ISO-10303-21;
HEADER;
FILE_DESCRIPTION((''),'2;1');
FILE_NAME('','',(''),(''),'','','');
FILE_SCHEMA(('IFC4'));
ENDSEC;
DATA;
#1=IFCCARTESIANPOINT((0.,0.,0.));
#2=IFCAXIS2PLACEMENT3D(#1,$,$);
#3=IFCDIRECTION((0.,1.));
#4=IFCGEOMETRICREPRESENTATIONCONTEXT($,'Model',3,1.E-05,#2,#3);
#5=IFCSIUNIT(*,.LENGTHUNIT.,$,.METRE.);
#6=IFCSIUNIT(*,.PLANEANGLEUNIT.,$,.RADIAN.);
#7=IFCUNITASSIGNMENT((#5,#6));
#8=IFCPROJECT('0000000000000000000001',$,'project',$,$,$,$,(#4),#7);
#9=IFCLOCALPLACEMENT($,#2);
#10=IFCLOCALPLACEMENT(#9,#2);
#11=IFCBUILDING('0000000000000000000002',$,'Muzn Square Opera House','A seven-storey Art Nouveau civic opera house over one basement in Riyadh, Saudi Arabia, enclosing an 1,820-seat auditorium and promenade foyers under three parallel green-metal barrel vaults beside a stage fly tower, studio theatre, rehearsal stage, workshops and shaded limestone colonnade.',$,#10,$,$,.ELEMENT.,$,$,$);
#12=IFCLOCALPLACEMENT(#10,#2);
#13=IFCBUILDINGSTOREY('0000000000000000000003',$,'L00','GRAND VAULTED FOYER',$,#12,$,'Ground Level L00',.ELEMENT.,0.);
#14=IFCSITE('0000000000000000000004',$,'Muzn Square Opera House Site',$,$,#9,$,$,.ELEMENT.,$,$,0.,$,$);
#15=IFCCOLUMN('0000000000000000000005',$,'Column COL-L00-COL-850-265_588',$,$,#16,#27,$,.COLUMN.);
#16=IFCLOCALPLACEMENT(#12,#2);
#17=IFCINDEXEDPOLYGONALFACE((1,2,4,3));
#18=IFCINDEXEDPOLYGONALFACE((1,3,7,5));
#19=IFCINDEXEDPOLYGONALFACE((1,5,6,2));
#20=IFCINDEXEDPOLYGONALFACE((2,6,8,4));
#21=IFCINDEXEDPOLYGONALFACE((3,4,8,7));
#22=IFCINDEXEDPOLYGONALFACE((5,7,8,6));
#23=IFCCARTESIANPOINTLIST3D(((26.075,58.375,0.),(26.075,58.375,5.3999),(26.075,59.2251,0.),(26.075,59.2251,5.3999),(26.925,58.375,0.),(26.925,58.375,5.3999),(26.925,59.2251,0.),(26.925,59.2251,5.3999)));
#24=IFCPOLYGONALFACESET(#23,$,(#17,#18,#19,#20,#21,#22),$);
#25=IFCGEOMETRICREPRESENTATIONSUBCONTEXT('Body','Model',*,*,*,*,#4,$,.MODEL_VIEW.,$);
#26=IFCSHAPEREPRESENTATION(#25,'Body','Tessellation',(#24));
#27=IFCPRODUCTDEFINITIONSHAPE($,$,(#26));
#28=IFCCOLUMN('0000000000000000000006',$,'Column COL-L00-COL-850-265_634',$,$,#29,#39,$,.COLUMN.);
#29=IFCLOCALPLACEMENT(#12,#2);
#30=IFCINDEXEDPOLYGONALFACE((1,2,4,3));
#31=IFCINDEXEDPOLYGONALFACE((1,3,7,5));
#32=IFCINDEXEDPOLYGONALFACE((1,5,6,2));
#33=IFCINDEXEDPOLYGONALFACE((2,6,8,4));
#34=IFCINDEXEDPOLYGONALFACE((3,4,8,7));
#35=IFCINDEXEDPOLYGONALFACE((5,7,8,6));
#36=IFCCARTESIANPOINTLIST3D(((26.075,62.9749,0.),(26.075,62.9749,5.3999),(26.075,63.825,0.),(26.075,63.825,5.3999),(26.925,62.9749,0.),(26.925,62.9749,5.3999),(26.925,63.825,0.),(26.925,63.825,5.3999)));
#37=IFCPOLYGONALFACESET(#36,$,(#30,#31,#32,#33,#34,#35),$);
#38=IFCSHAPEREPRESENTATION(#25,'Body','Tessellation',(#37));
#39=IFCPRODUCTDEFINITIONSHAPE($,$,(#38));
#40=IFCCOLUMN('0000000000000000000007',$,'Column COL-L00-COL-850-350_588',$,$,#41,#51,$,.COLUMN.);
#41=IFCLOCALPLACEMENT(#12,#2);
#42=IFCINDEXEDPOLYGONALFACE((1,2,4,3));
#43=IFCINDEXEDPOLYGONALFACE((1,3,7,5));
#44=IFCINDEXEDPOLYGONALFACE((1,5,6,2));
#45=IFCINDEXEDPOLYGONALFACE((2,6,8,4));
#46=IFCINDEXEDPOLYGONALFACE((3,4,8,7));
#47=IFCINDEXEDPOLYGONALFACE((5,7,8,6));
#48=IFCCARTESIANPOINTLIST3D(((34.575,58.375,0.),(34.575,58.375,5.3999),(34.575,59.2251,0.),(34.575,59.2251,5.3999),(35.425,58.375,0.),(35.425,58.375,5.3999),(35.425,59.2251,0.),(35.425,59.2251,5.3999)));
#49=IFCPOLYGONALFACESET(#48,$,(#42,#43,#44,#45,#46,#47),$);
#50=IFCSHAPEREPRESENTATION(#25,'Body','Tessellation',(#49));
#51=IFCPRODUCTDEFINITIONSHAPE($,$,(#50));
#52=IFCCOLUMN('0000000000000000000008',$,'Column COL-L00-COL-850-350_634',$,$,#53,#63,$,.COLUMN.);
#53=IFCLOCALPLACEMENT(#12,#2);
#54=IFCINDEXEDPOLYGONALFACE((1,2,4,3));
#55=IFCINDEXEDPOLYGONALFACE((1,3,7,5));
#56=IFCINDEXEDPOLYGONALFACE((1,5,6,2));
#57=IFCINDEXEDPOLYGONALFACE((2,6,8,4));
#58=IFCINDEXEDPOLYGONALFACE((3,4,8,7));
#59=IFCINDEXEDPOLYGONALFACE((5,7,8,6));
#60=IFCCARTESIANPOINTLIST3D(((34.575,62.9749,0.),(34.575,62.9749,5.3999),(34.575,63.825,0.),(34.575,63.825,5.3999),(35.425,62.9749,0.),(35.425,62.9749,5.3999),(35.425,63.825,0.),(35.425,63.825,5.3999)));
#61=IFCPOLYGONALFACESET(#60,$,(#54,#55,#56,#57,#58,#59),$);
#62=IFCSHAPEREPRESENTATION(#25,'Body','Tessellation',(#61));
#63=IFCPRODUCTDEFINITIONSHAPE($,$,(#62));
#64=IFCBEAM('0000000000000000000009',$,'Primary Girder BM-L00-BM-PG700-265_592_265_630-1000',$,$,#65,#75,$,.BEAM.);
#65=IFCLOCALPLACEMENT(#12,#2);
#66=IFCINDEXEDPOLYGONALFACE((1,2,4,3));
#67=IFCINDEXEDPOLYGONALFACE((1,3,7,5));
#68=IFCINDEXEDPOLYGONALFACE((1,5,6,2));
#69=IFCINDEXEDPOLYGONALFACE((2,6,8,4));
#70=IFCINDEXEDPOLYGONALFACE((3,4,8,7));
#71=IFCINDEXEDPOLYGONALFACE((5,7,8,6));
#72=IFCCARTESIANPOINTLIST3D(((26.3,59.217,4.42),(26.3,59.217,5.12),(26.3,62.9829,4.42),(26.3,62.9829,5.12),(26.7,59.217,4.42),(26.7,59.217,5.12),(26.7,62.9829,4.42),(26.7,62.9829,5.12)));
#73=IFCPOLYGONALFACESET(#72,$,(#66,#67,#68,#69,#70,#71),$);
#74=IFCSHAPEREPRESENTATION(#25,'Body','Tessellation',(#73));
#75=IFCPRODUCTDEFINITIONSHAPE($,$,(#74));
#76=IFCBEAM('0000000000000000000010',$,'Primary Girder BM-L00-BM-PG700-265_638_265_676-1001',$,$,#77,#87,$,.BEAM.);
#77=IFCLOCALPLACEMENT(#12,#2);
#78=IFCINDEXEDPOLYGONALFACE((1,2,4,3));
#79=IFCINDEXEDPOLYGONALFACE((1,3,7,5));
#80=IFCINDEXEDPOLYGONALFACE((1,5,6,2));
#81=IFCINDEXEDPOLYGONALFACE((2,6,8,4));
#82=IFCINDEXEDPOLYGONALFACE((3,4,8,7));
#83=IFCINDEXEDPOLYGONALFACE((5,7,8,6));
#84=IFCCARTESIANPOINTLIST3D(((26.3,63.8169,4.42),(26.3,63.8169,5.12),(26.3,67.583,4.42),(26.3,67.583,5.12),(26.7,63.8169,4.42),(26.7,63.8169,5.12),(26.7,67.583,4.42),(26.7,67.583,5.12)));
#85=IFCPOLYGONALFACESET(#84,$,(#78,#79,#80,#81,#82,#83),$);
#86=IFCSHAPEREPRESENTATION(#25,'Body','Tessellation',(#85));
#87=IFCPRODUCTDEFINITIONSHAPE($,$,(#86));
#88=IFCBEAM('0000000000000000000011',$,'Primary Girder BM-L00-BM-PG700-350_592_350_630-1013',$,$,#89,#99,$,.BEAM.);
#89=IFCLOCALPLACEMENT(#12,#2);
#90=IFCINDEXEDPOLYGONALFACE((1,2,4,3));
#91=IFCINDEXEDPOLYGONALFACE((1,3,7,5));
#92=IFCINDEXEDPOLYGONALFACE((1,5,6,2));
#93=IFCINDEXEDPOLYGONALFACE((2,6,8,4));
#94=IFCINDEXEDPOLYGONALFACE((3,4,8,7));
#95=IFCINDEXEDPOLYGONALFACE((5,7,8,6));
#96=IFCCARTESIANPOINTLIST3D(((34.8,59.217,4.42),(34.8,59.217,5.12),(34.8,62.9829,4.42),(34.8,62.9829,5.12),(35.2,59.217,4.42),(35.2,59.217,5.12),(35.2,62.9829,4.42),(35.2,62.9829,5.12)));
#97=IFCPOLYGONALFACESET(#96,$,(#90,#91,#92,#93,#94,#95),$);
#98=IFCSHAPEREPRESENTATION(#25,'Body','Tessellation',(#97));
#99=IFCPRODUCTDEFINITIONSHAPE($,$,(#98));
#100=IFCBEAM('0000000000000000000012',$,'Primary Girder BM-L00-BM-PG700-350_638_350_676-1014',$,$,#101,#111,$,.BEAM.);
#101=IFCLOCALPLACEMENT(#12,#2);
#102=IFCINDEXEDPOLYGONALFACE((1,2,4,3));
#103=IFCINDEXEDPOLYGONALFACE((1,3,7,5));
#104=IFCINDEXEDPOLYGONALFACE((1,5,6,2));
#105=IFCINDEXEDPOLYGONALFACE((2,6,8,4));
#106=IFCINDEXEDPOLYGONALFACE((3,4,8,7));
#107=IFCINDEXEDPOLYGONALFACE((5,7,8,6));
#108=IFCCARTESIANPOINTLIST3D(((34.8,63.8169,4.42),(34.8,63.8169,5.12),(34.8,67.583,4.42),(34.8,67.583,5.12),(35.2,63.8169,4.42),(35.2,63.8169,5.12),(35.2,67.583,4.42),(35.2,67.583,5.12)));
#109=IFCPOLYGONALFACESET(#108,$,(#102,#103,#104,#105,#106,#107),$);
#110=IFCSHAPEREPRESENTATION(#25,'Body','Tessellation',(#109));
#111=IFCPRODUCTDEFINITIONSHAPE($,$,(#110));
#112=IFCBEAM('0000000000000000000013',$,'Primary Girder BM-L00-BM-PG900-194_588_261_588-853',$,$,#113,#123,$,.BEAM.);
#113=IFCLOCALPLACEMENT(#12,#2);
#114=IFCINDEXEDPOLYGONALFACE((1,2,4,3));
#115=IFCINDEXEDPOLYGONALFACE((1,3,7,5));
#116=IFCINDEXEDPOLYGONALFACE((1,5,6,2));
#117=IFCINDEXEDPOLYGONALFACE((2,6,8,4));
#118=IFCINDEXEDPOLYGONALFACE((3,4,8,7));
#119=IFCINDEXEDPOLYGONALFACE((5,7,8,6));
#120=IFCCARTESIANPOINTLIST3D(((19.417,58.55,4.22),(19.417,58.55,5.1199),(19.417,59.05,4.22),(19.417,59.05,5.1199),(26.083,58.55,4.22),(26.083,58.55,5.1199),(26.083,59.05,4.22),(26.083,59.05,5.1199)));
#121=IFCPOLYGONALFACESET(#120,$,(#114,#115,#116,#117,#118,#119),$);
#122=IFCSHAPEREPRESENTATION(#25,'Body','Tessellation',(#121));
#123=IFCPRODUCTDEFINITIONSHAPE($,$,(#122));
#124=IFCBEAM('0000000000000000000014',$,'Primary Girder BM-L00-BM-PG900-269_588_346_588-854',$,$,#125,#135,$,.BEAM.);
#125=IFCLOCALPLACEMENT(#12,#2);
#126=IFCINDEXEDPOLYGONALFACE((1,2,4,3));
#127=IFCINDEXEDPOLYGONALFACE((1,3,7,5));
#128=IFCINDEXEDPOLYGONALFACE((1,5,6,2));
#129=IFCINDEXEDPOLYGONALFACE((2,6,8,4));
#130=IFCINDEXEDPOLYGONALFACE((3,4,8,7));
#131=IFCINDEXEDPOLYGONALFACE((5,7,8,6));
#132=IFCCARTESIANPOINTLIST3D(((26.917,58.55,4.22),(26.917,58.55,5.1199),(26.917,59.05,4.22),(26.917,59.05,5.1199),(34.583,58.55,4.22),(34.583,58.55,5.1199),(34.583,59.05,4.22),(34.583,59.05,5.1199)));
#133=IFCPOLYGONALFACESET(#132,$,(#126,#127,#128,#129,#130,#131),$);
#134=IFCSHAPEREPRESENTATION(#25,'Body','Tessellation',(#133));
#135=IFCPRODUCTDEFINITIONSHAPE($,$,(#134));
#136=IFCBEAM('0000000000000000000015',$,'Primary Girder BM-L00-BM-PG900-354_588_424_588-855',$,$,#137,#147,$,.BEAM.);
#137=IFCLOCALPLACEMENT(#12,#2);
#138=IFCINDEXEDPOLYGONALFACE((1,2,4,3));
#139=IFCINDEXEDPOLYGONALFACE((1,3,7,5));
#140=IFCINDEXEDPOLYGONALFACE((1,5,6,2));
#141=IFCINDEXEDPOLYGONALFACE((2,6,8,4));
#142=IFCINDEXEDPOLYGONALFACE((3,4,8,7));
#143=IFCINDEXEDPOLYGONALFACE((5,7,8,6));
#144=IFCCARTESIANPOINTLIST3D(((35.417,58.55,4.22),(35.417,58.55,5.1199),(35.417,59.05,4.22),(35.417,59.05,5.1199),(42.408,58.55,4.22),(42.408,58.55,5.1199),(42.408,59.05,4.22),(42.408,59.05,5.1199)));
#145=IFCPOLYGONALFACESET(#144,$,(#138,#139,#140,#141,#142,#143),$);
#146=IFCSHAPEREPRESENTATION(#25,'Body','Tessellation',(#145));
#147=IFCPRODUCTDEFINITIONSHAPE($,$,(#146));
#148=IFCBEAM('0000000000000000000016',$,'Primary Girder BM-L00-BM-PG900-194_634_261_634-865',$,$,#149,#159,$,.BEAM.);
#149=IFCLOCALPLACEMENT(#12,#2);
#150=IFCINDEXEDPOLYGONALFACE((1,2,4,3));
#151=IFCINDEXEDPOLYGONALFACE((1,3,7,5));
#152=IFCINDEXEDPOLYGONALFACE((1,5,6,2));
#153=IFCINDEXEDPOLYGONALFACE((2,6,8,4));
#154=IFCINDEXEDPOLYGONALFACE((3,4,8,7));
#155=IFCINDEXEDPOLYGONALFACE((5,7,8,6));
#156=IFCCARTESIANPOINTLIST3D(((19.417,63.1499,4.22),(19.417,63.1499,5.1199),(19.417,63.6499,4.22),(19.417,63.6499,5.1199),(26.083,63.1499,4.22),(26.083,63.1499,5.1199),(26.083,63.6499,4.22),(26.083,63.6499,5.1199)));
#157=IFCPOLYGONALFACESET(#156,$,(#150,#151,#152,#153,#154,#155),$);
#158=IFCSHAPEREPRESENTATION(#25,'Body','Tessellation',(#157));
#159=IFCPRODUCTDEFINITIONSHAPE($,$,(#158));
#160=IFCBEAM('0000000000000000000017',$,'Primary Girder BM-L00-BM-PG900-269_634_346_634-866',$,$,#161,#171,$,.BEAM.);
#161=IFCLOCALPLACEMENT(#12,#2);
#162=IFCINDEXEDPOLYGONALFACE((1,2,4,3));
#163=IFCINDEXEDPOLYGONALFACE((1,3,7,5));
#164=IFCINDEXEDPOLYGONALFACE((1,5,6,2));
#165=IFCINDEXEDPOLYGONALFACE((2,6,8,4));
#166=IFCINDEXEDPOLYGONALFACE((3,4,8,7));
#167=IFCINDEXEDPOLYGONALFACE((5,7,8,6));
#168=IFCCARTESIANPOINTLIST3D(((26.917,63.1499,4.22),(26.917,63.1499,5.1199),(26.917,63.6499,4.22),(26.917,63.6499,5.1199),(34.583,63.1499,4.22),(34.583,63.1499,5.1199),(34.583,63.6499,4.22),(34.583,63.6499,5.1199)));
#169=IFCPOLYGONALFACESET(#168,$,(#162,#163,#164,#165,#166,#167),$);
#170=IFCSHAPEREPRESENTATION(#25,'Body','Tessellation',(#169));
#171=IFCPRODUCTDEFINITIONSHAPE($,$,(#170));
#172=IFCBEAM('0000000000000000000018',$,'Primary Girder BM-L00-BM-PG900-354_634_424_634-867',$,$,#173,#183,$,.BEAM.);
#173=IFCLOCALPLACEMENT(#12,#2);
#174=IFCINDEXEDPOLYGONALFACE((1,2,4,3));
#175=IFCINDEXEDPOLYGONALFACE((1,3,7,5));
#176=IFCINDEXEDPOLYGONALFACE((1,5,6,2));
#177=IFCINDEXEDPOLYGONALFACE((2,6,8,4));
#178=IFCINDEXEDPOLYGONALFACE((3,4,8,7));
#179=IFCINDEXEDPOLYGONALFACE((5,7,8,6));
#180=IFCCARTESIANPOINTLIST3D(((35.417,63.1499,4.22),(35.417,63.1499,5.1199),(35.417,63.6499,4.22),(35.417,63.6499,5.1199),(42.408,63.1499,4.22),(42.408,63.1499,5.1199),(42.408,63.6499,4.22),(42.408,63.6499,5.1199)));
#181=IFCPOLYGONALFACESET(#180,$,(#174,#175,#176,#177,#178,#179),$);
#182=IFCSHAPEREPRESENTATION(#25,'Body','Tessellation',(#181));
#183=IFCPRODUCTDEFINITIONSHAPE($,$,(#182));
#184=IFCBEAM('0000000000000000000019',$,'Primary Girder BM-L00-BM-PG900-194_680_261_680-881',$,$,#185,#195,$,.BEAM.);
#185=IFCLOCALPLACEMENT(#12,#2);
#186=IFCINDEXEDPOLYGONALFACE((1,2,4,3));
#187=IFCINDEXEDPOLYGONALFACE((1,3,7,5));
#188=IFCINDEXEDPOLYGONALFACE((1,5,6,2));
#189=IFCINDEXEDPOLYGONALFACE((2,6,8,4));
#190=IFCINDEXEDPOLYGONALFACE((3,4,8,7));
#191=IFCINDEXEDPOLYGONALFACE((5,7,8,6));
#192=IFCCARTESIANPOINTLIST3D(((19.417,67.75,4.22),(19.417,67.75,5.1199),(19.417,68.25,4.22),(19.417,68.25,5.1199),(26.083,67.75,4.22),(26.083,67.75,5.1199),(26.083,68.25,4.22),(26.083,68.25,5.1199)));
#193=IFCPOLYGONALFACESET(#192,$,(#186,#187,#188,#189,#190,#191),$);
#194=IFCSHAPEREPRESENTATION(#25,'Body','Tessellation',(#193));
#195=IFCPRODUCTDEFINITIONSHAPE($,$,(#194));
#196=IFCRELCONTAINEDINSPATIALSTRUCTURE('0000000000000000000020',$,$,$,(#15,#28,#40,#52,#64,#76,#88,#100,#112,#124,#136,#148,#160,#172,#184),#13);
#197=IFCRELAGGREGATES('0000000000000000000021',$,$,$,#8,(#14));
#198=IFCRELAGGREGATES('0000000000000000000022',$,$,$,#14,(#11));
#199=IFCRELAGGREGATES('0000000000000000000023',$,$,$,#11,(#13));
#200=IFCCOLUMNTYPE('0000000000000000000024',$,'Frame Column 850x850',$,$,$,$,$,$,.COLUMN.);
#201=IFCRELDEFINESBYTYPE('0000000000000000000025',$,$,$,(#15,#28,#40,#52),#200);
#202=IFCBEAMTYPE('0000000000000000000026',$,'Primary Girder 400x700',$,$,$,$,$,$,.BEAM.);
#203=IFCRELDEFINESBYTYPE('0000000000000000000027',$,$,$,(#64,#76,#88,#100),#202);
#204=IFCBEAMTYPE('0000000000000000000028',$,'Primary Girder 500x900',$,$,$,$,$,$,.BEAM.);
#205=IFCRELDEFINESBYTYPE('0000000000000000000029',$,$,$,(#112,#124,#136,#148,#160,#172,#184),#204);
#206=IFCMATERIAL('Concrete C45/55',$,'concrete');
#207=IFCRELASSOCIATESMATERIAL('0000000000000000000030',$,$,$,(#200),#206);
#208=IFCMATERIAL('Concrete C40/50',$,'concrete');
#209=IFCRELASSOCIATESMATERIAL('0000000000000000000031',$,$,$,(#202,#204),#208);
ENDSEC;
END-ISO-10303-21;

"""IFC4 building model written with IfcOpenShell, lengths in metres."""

from ifc_helpers import new_model, si_unit, direction, frame, origin, origin_2d, place, context, subcontext, project, spatial, rectangle, extrude, material, material_profile, profile_set, type_object, element, save


model = new_model("IFC4")

# Units and contexts
model_context = context("Model", 3, precision=1e-05, world=origin(), true_north=direction((0.0, 1.0)))
body_context = subcontext(model_context, "Body", "Model", "MODEL_VIEW")
ifc_project = project(units=[si_unit("LENGTHUNIT", "METRE"), si_unit("PLANEANGLEUNIT", "RADIAN")], contexts=[model_context])

# Site, building, storey
site_placement = place(None, origin())
site = spatial("IfcSite", under=ifc_project, at=site_placement, Name="Muzn Square Opera House Site", CompositionType="ELEMENT", RefElevation=0.0)
building_placement = place(site_placement, origin())
building = spatial("IfcBuilding", under=site, at=building_placement, Name="Muzn Square Opera House", Description="A seven-storey Art Nouveau civic opera house over one basement in Riyadh, Saudi Arabia, enclosing an 1,820-seat auditorium and promenade foyers under three parallel green-metal barrel vaults beside a stage fly tower, studio theatre, rehearsal stage, workshops and shaded limestone colonnade.", CompositionType="ELEMENT")
storey_placement = place(building_placement, origin())
storey = spatial("IfcBuildingStorey", under=building, at=storey_placement, Name="L00", Description="GRAND VAULTED FOYER", LongName="Ground Level L00", CompositionType="ELEMENT", Elevation=0.0)

# Columns
ifc_material_1 = material(Name="Concrete C45/55", Category="concrete")
ifc_material_profile_1 = material_profile(ifc_material_1, rectangle(XDim=0.8501, YDim=0.8501, at=origin_2d()), Name="RC 850x850", Category="concrete")
ifc_profile_set_1 = profile_set([ifc_material_profile_1], Name="Concrete C45/55")
column_type = type_object("IfcColumnType", Name="Frame Column 850x850", PredefinedType="COLUMN", material=ifc_profile_set_1)
for number, where, z_axis, x_axis, name in (
    (1, (26.5, 58.8, 0.0), (0.0, 0.0, 1.0), (1.0, 0.0, 0.0), "Column COL-L00-COL-850-265_588"),
    (2, (26.5, 63.3999, 0.0), (0.0, 0.0, 1.0), (1.0, 0.0, 0.0), "Column COL-L00-COL-850-265_634"),
    (3, (35.0, 58.8, 0.0), (0.0, 0.0, 1.0), (1.0, 0.0, 0.0), "Column COL-L00-COL-850-350_588"),
    (4, (35.0, 63.3999, 0.0), (0.0, 0.0, 1.0), (1.0, 0.0, 0.0), "Column COL-L00-COL-850-350_634"),
):
    element("IfcColumn", number, at=place(storey_placement, frame(where, z_axis=z_axis, x_axis=x_axis)), inside=storey, type_object=column_type, Name=name, PredefinedType="COLUMN", context=body_context, shape_type="SweptSolid", body=[
        extrude(rectangle(XDim=0.8501, YDim=0.8501, at=origin_2d()), origin(), (0.0, 0.0, 1.0), 5.3999),
    ])

# Beams
ifc_material_2 = material(Name="Concrete C40/50", Category="concrete")
ifc_material_profile_2 = material_profile(ifc_material_2, rectangle(XDim=0.3999, YDim=0.7, at=origin_2d()), Name="RCB 400x700", Category="concrete")
ifc_profile_set_2 = profile_set([ifc_material_profile_2], Name="Concrete C40/50")
beam_type_1 = type_object("IfcBeamType", Name="Primary Girder 400x700", PredefinedType="BEAM", material=ifc_profile_set_2)
beam_1_placement = place(storey_placement, frame((26.5, 59.217, 4.77), z_axis=(0.0, 1.0, 0.0), x_axis=(-1.0, 0.0, 0.0)))
element("IfcBeam", 5, at=beam_1_placement, inside=storey, type_object=beam_type_1, Name="Primary Girder BM-L00-BM-PG700-265_592_265_630-1000", PredefinedType="BEAM", context=body_context, shape_type="SweptSolid", body=[
    extrude(rectangle(XDim=0.3999, YDim=0.7, at=origin_2d()), origin(), (0.0, 0.0, 1.0), 3.7659),
])
beam_2_placement = place(storey_placement, frame((26.5, 63.8169, 4.77), z_axis=(0.0, 1.0, 0.0), x_axis=(-1.0, 0.0, 0.0)))
element("IfcBeam", 6, at=beam_2_placement, inside=storey, type_object=beam_type_1, Name="Primary Girder BM-L00-BM-PG700-265_638_265_676-1001", PredefinedType="BEAM", context=body_context, shape_type="SweptSolid", body=[
    extrude(rectangle(XDim=0.3999, YDim=0.7, at=origin_2d()), origin(), (0.0, 0.0, 1.0), 3.7661),
])
beam_3_placement = place(storey_placement, frame((35.0, 59.217, 4.77), z_axis=(0.0, 1.0, 0.0), x_axis=(-1.0, 0.0, 0.0)))
element("IfcBeam", 7, at=beam_3_placement, inside=storey, type_object=beam_type_1, Name="Primary Girder BM-L00-BM-PG700-350_592_350_630-1013", PredefinedType="BEAM", context=body_context, shape_type="SweptSolid", body=[
    extrude(rectangle(XDim=0.3999, YDim=0.7, at=origin_2d()), origin(), (0.0, 0.0, 1.0), 3.7659),
])
beam_4_placement = place(storey_placement, frame((35.0, 63.8169, 4.77), z_axis=(0.0, 1.0, 0.0), x_axis=(-1.0, 0.0, 0.0)))
element("IfcBeam", 8, at=beam_4_placement, inside=storey, type_object=beam_type_1, Name="Primary Girder BM-L00-BM-PG700-350_638_350_676-1014", PredefinedType="BEAM", context=body_context, shape_type="SweptSolid", body=[
    extrude(rectangle(XDim=0.3999, YDim=0.7, at=origin_2d()), origin(), (0.0, 0.0, 1.0), 3.7661),
])
ifc_material_profile_3 = material_profile(ifc_material_2, rectangle(XDim=0.5, YDim=0.8999, at=origin_2d()), Name="RCB 500x900", Category="concrete")
ifc_profile_set_3 = profile_set([ifc_material_profile_3], Name="Concrete C40/50")
beam_type_2 = type_object("IfcBeamType", Name="Primary Girder 500x900", PredefinedType="BEAM", material=ifc_profile_set_3)
beam_5_placement = place(storey_placement, frame((19.417, 58.8, 4.6699), z_axis=(1.0, 0.0, 0.0), x_axis=(0.0, 1.0, 0.0)))
element("IfcBeam", 9, at=beam_5_placement, inside=storey, type_object=beam_type_2, Name="Primary Girder BM-L00-BM-PG900-194_588_261_588-853", PredefinedType="BEAM", context=body_context, shape_type="SweptSolid", body=[
    extrude(rectangle(XDim=0.5, YDim=0.8999, at=origin_2d()), origin(), (0.0, 0.0, 1.0), 6.666),
])
beam_6_placement = place(storey_placement, frame((26.917, 58.8, 4.6699), z_axis=(1.0, 0.0, 0.0), x_axis=(0.0, 1.0, 0.0)))
element("IfcBeam", 10, at=beam_6_placement, inside=storey, type_object=beam_type_2, Name="Primary Girder BM-L00-BM-PG900-269_588_346_588-854", PredefinedType="BEAM", context=body_context, shape_type="SweptSolid", body=[
    extrude(rectangle(XDim=0.5, YDim=0.8999, at=origin_2d()), origin(), (0.0, 0.0, 1.0), 7.666),
])
beam_7_placement = place(storey_placement, frame((35.417, 58.8, 4.6699), z_axis=(1.0, 0.0, 0.0), x_axis=(0.0, 1.0, 0.0)))
element("IfcBeam", 11, at=beam_7_placement, inside=storey, type_object=beam_type_2, Name="Primary Girder BM-L00-BM-PG900-354_588_424_588-855", PredefinedType="BEAM", context=body_context, shape_type="SweptSolid", body=[
    extrude(rectangle(XDim=0.5, YDim=0.8999, at=origin_2d()), origin(), (0.0, 0.0, 1.0), 6.991),
])
beam_8_placement = place(storey_placement, frame((19.417, 63.3999, 4.6699), z_axis=(1.0, 0.0, 0.0), x_axis=(0.0, 1.0, 0.0)))
element("IfcBeam", 12, at=beam_8_placement, inside=storey, type_object=beam_type_2, Name="Primary Girder BM-L00-BM-PG900-194_634_261_634-865", PredefinedType="BEAM", context=body_context, shape_type="SweptSolid", body=[
    extrude(rectangle(XDim=0.5, YDim=0.8999, at=origin_2d()), origin(), (0.0, 0.0, 1.0), 6.666),
])
beam_9_placement = place(storey_placement, frame((26.917, 63.3999, 4.6699), z_axis=(1.0, 0.0, 0.0), x_axis=(0.0, 1.0, 0.0)))
element("IfcBeam", 13, at=beam_9_placement, inside=storey, type_object=beam_type_2, Name="Primary Girder BM-L00-BM-PG900-269_634_346_634-866", PredefinedType="BEAM", context=body_context, shape_type="SweptSolid", body=[
    extrude(rectangle(XDim=0.5, YDim=0.8999, at=origin_2d()), origin(), (0.0, 0.0, 1.0), 7.666),
])
beam_10_placement = place(storey_placement, frame((35.417, 63.3999, 4.6699), z_axis=(1.0, 0.0, 0.0), x_axis=(0.0, 1.0, 0.0)))
element("IfcBeam", 14, at=beam_10_placement, inside=storey, type_object=beam_type_2, Name="Primary Girder BM-L00-BM-PG900-354_634_424_634-867", PredefinedType="BEAM", context=body_context, shape_type="SweptSolid", body=[
    extrude(rectangle(XDim=0.5, YDim=0.8999, at=origin_2d()), origin(), (0.0, 0.0, 1.0), 6.991),
])
beam_11_placement = place(storey_placement, frame((19.417, 68.0, 4.6699), z_axis=(1.0, 0.0, 0.0), x_axis=(0.0, 1.0, 0.0)))
element("IfcBeam", 15, at=beam_11_placement, inside=storey, type_object=beam_type_2, Name="Primary Girder BM-L00-BM-PG900-194_680_261_680-881", PredefinedType="BEAM", context=body_context, shape_type="SweptSolid", body=[
    extrude(rectangle(XDim=0.5, YDim=0.8999, at=origin_2d()), origin(), (0.0, 0.0, 1.0), 6.666),
])

save(model, "model.ifc")
